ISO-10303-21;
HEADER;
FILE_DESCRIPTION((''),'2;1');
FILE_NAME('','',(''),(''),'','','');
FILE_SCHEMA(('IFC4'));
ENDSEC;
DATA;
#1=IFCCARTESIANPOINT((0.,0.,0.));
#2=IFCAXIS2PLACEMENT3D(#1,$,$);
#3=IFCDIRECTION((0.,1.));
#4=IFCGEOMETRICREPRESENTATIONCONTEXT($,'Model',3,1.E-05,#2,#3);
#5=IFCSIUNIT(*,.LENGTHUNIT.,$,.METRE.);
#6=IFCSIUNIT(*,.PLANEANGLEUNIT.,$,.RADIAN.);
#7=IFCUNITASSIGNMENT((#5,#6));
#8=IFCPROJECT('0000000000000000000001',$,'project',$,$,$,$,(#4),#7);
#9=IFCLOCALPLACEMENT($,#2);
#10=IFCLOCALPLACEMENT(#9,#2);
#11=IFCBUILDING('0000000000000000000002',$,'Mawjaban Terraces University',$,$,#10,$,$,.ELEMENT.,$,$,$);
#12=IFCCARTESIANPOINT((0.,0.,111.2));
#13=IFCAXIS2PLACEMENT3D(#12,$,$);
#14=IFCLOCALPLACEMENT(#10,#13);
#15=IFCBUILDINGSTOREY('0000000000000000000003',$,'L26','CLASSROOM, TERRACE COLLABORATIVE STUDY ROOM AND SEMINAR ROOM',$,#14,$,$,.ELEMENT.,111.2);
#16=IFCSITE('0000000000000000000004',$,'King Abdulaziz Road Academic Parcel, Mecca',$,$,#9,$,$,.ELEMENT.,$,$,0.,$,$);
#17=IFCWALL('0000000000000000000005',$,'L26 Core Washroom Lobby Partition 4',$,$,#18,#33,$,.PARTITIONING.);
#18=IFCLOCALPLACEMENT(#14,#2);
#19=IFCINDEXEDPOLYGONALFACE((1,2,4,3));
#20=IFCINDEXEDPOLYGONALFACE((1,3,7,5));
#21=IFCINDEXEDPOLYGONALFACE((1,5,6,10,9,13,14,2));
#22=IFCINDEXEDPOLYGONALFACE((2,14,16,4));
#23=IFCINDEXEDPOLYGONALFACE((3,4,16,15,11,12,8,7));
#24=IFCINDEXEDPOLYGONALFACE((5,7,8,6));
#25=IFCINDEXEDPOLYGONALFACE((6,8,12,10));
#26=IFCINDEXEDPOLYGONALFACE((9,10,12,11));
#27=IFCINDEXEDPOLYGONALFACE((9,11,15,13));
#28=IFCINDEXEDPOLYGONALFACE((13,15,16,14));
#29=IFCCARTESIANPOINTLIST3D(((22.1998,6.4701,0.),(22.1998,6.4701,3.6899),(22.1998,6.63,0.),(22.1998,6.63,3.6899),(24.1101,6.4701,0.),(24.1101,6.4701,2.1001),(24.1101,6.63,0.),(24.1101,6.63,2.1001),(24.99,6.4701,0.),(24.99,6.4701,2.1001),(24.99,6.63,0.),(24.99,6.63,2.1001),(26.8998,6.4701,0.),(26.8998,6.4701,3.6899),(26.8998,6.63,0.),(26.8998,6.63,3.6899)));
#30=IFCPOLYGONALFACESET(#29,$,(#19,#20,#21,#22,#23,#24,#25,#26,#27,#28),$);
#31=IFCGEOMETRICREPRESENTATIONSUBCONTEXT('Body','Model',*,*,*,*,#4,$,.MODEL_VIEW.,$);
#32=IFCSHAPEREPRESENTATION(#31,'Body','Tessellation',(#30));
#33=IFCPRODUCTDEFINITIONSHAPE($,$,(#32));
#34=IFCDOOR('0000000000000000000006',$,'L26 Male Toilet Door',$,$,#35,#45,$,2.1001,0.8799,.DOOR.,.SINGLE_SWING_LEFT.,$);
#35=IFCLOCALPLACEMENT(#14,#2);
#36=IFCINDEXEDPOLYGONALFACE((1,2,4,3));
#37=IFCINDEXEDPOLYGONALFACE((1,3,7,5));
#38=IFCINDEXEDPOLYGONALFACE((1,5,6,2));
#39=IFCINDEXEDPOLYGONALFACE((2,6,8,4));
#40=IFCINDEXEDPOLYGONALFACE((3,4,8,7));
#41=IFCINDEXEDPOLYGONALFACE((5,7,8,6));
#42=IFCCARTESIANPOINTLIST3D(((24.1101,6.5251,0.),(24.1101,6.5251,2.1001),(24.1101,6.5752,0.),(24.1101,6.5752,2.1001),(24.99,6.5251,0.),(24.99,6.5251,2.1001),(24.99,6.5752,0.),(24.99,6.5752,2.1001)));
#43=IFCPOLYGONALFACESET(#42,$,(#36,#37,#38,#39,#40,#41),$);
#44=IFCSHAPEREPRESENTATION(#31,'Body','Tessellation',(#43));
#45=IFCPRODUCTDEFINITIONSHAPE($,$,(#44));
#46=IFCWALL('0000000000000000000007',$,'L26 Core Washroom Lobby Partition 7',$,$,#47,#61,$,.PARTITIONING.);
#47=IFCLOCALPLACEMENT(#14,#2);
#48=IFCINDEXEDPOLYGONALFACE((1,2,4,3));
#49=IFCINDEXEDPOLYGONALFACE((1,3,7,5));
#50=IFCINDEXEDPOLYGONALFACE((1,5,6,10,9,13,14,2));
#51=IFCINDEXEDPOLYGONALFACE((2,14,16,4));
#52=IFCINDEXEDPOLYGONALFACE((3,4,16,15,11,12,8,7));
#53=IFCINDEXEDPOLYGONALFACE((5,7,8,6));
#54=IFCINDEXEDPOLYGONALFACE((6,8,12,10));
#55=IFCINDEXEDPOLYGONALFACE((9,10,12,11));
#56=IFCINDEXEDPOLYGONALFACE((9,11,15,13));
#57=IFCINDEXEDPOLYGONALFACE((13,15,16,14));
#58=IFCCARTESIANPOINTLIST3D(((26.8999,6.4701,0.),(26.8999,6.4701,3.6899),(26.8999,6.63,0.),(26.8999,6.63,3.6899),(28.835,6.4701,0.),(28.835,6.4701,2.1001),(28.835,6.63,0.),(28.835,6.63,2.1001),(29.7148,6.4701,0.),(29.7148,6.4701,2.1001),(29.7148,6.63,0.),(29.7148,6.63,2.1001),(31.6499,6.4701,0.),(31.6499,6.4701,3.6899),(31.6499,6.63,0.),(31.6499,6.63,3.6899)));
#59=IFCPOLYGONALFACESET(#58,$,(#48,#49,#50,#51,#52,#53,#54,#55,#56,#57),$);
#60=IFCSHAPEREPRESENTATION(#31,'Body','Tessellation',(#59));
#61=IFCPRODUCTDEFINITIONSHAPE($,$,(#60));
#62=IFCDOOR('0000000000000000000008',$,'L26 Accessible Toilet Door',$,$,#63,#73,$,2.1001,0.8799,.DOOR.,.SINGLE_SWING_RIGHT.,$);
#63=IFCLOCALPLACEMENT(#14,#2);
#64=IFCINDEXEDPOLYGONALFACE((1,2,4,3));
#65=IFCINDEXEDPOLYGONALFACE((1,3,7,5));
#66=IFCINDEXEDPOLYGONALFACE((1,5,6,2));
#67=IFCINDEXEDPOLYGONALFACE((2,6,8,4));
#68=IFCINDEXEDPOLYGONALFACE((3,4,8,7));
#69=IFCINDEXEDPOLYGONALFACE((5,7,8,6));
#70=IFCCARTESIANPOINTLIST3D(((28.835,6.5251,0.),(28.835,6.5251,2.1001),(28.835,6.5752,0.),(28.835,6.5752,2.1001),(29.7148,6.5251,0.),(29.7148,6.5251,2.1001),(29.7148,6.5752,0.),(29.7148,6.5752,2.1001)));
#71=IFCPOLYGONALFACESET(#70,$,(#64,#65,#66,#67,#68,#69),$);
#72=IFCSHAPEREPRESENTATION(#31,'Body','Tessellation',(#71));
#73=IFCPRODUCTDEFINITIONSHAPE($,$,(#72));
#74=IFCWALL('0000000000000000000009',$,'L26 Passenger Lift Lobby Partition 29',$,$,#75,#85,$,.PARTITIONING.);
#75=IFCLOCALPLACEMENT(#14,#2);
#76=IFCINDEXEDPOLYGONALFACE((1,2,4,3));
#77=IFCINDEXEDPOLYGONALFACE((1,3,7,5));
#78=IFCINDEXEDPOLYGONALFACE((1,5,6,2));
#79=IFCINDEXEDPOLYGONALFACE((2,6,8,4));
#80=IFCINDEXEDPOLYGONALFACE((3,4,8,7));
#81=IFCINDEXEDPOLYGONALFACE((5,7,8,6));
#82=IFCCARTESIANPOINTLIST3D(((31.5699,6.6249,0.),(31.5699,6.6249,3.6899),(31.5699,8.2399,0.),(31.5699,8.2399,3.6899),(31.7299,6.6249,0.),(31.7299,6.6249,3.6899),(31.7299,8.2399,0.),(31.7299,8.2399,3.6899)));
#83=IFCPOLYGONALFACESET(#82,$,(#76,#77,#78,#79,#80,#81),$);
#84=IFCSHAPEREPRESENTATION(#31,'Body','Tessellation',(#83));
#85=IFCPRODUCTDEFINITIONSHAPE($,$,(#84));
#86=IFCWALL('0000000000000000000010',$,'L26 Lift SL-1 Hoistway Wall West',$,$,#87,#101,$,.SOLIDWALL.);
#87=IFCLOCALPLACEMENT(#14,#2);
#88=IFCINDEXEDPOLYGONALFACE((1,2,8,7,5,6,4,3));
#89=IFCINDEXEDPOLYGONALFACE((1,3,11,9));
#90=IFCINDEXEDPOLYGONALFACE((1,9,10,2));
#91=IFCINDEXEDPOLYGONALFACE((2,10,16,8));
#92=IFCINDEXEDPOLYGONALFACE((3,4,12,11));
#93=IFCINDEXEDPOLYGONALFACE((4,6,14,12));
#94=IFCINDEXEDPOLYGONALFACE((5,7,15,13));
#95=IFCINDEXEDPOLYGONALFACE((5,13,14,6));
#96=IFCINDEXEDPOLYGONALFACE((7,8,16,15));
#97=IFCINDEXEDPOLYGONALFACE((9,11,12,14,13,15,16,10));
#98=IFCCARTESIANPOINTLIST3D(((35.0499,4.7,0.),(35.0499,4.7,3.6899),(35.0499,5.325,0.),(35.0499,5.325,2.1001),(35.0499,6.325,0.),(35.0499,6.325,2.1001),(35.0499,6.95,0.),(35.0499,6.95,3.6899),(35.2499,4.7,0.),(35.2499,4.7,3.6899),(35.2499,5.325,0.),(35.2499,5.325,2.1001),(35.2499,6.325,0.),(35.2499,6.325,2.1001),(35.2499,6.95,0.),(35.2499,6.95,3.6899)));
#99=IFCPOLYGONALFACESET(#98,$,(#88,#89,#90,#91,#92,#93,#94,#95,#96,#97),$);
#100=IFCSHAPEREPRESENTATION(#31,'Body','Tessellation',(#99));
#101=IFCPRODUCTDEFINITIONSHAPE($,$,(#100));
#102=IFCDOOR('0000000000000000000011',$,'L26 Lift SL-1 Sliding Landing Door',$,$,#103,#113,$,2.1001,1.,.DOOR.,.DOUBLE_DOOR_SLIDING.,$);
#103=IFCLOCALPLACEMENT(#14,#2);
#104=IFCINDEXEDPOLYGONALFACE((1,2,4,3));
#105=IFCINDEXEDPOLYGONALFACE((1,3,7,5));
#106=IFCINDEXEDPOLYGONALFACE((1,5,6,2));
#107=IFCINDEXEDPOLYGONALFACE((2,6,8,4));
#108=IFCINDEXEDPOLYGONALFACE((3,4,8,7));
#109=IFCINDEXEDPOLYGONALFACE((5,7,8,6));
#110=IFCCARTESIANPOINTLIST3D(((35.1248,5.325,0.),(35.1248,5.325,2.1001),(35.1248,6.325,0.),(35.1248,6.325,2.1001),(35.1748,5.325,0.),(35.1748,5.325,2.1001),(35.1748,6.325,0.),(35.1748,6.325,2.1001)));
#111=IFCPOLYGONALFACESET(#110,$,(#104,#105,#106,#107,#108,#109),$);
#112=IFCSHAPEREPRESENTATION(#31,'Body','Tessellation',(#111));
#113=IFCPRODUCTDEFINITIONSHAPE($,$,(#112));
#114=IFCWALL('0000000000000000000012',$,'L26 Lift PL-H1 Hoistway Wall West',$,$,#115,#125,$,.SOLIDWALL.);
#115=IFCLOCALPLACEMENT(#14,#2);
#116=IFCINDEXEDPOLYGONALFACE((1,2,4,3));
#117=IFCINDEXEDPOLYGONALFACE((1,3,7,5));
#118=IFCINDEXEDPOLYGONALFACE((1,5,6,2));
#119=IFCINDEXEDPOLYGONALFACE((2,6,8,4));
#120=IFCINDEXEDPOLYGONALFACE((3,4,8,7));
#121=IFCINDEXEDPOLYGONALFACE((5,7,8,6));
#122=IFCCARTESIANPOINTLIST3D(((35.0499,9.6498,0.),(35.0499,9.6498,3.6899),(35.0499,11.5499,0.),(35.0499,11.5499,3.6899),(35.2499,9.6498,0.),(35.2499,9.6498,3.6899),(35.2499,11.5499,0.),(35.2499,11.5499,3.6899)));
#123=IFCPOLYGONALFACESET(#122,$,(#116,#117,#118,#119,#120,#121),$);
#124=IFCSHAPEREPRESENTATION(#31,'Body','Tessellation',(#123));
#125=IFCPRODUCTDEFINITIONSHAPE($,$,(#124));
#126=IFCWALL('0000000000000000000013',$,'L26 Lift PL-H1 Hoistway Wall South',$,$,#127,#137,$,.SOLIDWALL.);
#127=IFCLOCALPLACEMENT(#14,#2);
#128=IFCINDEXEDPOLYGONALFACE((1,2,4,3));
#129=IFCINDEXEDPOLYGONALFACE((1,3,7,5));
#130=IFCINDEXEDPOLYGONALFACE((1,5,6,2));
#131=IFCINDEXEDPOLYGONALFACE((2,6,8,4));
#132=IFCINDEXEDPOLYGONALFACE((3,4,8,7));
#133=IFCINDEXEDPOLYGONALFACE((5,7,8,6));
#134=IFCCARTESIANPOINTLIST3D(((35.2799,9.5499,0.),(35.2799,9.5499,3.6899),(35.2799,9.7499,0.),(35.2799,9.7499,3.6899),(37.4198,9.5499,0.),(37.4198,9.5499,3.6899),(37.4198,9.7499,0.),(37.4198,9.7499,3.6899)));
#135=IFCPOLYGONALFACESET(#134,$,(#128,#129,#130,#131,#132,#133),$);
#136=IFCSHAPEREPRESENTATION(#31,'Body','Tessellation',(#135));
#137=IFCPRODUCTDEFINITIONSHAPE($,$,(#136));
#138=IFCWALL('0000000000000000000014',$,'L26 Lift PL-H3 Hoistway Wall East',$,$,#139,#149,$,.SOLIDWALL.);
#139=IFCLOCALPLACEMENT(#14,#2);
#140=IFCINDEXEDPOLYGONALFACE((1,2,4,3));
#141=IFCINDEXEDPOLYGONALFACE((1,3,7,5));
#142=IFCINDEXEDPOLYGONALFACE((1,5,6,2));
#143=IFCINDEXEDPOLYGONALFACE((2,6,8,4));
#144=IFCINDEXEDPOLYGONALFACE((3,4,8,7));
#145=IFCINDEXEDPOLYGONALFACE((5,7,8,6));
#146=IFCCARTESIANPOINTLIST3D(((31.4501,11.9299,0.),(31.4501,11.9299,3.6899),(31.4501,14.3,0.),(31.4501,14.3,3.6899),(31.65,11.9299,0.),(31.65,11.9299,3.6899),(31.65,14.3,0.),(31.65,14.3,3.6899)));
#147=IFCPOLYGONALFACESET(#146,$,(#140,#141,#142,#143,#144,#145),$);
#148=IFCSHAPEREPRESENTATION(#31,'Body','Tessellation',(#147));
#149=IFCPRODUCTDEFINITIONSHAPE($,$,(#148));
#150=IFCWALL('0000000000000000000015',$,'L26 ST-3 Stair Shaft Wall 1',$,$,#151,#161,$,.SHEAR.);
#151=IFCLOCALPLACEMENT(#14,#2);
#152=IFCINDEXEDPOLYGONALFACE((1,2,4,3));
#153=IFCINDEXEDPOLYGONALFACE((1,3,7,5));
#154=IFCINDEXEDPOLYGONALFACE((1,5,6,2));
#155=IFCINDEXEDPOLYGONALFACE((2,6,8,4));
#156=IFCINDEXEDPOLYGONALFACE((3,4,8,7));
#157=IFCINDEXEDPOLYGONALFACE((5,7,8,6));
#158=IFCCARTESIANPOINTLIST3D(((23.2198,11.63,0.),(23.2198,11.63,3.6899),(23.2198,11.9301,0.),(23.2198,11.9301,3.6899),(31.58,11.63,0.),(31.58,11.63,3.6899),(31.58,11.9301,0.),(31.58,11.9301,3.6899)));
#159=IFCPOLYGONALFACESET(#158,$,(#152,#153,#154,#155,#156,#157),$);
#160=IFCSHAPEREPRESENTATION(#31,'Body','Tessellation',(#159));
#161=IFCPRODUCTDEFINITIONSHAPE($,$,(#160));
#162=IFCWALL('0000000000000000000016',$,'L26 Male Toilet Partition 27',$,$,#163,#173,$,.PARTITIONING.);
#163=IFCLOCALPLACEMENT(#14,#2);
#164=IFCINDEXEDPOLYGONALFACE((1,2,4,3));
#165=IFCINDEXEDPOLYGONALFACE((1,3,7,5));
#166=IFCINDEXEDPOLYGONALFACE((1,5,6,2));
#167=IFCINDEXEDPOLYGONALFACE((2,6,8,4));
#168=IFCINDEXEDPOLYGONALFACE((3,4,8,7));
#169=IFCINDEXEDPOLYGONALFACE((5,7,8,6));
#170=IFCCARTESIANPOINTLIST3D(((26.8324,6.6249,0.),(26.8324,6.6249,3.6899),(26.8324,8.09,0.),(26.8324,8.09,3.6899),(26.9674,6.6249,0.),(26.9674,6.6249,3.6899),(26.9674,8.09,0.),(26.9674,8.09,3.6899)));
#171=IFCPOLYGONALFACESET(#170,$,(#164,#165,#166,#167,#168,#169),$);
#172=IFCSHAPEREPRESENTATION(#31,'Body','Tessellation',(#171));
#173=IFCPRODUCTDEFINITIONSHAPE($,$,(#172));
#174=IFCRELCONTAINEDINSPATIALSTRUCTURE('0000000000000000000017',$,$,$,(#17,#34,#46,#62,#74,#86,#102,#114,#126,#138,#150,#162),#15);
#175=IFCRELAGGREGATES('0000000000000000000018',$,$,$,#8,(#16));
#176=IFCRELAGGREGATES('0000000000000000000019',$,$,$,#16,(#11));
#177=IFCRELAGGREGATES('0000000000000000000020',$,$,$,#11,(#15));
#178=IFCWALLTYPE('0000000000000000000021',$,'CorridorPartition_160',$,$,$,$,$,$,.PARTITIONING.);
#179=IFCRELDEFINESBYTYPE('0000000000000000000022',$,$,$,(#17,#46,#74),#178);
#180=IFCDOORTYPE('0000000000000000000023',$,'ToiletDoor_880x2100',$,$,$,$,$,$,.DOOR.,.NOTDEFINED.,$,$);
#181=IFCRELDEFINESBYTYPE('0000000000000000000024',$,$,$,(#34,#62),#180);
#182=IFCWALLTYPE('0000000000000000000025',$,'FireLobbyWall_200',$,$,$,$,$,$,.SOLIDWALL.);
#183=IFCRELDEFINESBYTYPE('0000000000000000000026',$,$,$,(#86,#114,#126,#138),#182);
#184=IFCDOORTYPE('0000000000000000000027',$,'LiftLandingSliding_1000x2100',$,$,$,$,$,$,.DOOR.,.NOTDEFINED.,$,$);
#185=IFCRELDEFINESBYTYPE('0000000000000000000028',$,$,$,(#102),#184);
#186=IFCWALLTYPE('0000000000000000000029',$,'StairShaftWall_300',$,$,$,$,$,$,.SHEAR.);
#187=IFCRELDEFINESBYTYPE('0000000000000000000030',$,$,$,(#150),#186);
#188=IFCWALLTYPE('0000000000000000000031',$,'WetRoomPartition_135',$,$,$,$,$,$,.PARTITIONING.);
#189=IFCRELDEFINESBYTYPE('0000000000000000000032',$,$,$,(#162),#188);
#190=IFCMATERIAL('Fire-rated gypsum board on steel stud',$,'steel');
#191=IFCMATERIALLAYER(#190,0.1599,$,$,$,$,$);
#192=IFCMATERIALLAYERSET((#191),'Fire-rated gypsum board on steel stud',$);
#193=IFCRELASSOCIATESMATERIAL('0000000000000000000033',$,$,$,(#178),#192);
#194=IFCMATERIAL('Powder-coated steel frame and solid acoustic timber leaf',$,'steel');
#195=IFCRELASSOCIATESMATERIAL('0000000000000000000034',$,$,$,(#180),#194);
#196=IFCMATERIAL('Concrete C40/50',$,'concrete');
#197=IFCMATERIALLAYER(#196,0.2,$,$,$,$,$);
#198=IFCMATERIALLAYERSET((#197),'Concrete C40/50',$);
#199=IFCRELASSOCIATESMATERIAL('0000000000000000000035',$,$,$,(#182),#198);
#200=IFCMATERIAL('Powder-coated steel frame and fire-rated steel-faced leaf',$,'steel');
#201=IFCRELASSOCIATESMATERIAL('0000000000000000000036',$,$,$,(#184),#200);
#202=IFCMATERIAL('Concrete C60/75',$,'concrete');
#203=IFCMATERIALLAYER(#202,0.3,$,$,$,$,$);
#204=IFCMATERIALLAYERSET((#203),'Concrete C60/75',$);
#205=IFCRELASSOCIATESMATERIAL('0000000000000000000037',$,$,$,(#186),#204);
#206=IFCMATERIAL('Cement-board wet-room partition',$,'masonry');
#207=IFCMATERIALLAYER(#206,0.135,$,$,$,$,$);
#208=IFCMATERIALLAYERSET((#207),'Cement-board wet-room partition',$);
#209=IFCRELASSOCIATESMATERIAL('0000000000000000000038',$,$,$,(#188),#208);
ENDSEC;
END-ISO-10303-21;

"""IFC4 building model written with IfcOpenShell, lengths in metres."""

from ifc_helpers import new_model, si_unit, direction, frame, frame_2d, origin, place, context, subcontext, project, spatial, rectangle, extrude, material, layer, layer_set, type_object, element, fill, save


model = new_model("IFC4")

# Units and contexts
model_context = context("Model", 3, precision=1e-05, world=origin(), true_north=direction((0.0, 1.0)))
body_context = subcontext(model_context, "Body", "Model", "MODEL_VIEW")
ifc_project = project(units=[si_unit("LENGTHUNIT", "METRE"), si_unit("PLANEANGLEUNIT", "RADIAN")], contexts=[model_context])

# Site, building, storey
site_placement = place(None, origin())
site = spatial("IfcSite", under=ifc_project, at=site_placement, Name="King Abdulaziz Road Academic Parcel, Mecca", CompositionType="ELEMENT", RefElevation=0.0)
building_placement = place(site_placement, origin())
building = spatial("IfcBuilding", under=site, at=building_placement, Name="Mawjaban Terraces University", CompositionType="ELEMENT")
storey_placement = place(building_placement, frame((0.0, 0.0, 111.2)))
storey = spatial("IfcBuildingStorey", under=building, at=storey_placement, Name="L26", Description="CLASSROOM, TERRACE COLLABORATIVE STUDY ROOM AND SEMINAR ROOM", CompositionType="ELEMENT", Elevation=111.2)

# Walls, openings, doors
ifc_material_1 = material(Name="Fire-rated gypsum board on steel stud", Category="steel")
ifc_layer_1 = layer(ifc_material_1, 0.1599)
ifc_layer_set_1 = layer_set([ifc_layer_1], Name="Fire-rated gypsum board on steel stud")
wall_type_1 = type_object("IfcWallType", Name="CorridorPartition_160", PredefinedType="PARTITIONING", material=ifc_layer_set_1)
wall_1_placement = place(storey_placement, frame((26.8999, 6.55, 0.0), z_axis=(0.0, 0.0, 1.0), x_axis=(-1.0, 0.0, 0.0)))
wall_1 = element("IfcWall", 1, at=wall_1_placement, inside=storey, type_object=wall_type_1, Name="L26 Core Washroom Lobby Partition 4", PredefinedType="PARTITIONING", context=body_context, shape_type="SweptSolid", body=[
    extrude(rectangle(XDim=4.7, YDim=0.1599, at=frame_2d((2.3501, 0.0))), origin(), (0.0, 0.0, 1.0), 3.6899),
])
opening_1_placement = place(wall_1_placement, frame((1.9099, 0.0, 0.0)))
opening_1 = element("IfcOpeningElement", 2, at=opening_1_placement, cuts=wall_1, PredefinedType="OPENING", context=body_context, shape_type="SweptSolid", body=[
    extrude(rectangle(XDim=0.8799, YDim=2.1001, at=frame_2d((0.4399, 1.05))), frame((0.0, 0.0898, 0.0), z_axis=(0.0, -1.0, 0.0), x_axis=(1.0, 0.0, 0.0)), (0.0, 0.0, 1.0), 0.1799),
])
ifc_material_2 = material(Name="Powder-coated steel frame and solid acoustic timber leaf", Category="steel")
door_type_1 = type_object("IfcDoorType", Name="ToiletDoor_880x2100", OperationType="NOTDEFINED", PredefinedType="DOOR", material=ifc_material_2)
door_1_placement = place(opening_1_placement, origin())
door_1 = element("IfcDoor", 3, at=door_1_placement, inside=storey, type_object=door_type_1, Name="L26 Male Toilet Door", OperationType="SINGLE_SWING_LEFT", OverallHeight=2.1001, OverallWidth=0.8799, PredefinedType="DOOR", context=body_context, shape_type="SweptSolid", body=[
    extrude(rectangle(XDim=0.8799, YDim=2.1001, at=frame_2d((0.4399, 1.05))), frame((0.0, 0.0249, 0.0), z_axis=(0.0, -1.0, 0.0), x_axis=(1.0, 0.0, 0.0)), (0.0, 0.0, 1.0), 0.05),
])
fill(opening_1, door_1)
wall_2_placement = place(storey_placement, frame((31.6499, 6.55, 0.0), z_axis=(0.0, 0.0, 1.0), x_axis=(-1.0, 0.0, 0.0)))
wall_2 = element("IfcWall", 4, at=wall_2_placement, inside=storey, type_object=wall_type_1, Name="L26 Core Washroom Lobby Partition 7", PredefinedType="PARTITIONING", context=body_context, shape_type="SweptSolid", body=[
    extrude(rectangle(XDim=4.75, YDim=0.1599, at=frame_2d((2.375, 0.0))), origin(), (0.0, 0.0, 1.0), 3.6899),
])
opening_2_placement = place(wall_2_placement, frame((1.9351, 0.0, 0.0)))
opening_2 = element("IfcOpeningElement", 5, at=opening_2_placement, cuts=wall_2, PredefinedType="OPENING", context=body_context, shape_type="SweptSolid", body=[
    extrude(rectangle(XDim=0.8799, YDim=2.1001, at=frame_2d((0.4399, 1.05))), frame((0.0, 0.0898, 0.0), z_axis=(0.0, -1.0, 0.0), x_axis=(1.0, 0.0, 0.0)), (0.0, 0.0, 1.0), 0.1799),
])
door_2_placement = place(opening_2_placement, origin())
door_2 = element("IfcDoor", 6, at=door_2_placement, inside=storey, type_object=door_type_1, Name="L26 Accessible Toilet Door", OperationType="SINGLE_SWING_RIGHT", OverallHeight=2.1001, OverallWidth=0.8799, PredefinedType="DOOR", context=body_context, shape_type="SweptSolid", body=[
    extrude(rectangle(XDim=0.8799, YDim=2.1001, at=frame_2d((0.4399, 1.05))), frame((0.0, 0.0249, 0.0), z_axis=(0.0, -1.0, 0.0), x_axis=(1.0, 0.0, 0.0)), (0.0, 0.0, 1.0), 0.05),
])
fill(opening_2, door_2)

# Wall
wall_3_placement = place(storey_placement, frame((31.6499, 8.24, 0.0), z_axis=(0.0, 0.0, 1.0), x_axis=(0.0, -1.0, 0.0)))
element("IfcWall", 7, at=wall_3_placement, inside=storey, type_object=wall_type_1, Name="L26 Passenger Lift Lobby Partition 29", PredefinedType="PARTITIONING", context=body_context, shape_type="SweptSolid", body=[
    extrude(rectangle(XDim=1.615, YDim=0.1599, at=frame_2d((0.8076, 0.0))), origin(), (0.0, 0.0, 1.0), 3.6899),
])

# Wall, opening, door
ifc_material_3 = material(Name="Concrete C40/50", Category="concrete")
ifc_layer_2 = layer(ifc_material_3, 0.2)
ifc_layer_set_2 = layer_set([ifc_layer_2], Name="Concrete C40/50")
wall_type_2 = type_object("IfcWallType", Name="FireLobbyWall_200", PredefinedType="SOLIDWALL", material=ifc_layer_set_2)
wall_4_placement = place(storey_placement, frame((35.1499, 6.95, 0.0), z_axis=(0.0, 0.0, 1.0), x_axis=(0.0, -1.0, 0.0)))
wall_4 = element("IfcWall", 8, at=wall_4_placement, inside=storey, type_object=wall_type_2, Name="L26 Lift SL-1 Hoistway Wall West", PredefinedType="SOLIDWALL", context=body_context, shape_type="SweptSolid", body=[
    extrude(rectangle(XDim=2.25, YDim=0.2, at=frame_2d((1.125, 0.0))), origin(), (0.0, 0.0, 1.0), 3.6899),
])
opening_3_placement = place(wall_4_placement, frame((0.625, 0.0, 0.0)))
opening_3 = element("IfcOpeningElement", 9, at=opening_3_placement, cuts=wall_4, PredefinedType="OPENING", context=body_context, shape_type="SweptSolid", body=[
    extrude(rectangle(XDim=1.0, YDim=2.1001, at=frame_2d((0.5, 1.05))), frame((0.0, 0.1099, 0.0), z_axis=(0.0, -1.0, 0.0), x_axis=(1.0, 0.0, 0.0)), (0.0, 0.0, 1.0), 0.22),
])
ifc_material_4 = material(Name="Powder-coated steel frame and fire-rated steel-faced leaf", Category="steel")
door_type_2 = type_object("IfcDoorType", Name="LiftLandingSliding_1000x2100", OperationType="NOTDEFINED", PredefinedType="DOOR", material=ifc_material_4)
door_3_placement = place(opening_3_placement, origin())
door_3 = element("IfcDoor", 10, at=door_3_placement, inside=storey, type_object=door_type_2, Name="L26 Lift SL-1 Sliding Landing Door", OperationType="DOUBLE_DOOR_SLIDING", OverallHeight=2.1001, OverallWidth=1.0, PredefinedType="DOOR", context=body_context, shape_type="SweptSolid", body=[
    extrude(rectangle(XDim=1.0, YDim=2.1001, at=frame_2d((0.5, 1.05))), frame((0.0, 0.0249, 0.0), z_axis=(0.0, -1.0, 0.0), x_axis=(1.0, 0.0, 0.0)), (0.0, 0.0, 1.0), 0.05),
])
fill(opening_3, door_3)

# Walls
wall_5_placement = place(storey_placement, frame((35.1499, 11.55, 0.0), z_axis=(0.0, 0.0, 1.0), x_axis=(0.0, -1.0, 0.0)))
element("IfcWall", 11, at=wall_5_placement, inside=storey, type_object=wall_type_2, Name="L26 Lift PL-H1 Hoistway Wall West", PredefinedType="SOLIDWALL", context=body_context, shape_type="SweptSolid", body=[
    extrude(rectangle(XDim=1.9001, YDim=0.2, at=frame_2d((0.9502, 0.0))), origin(), (0.0, 0.0, 1.0), 3.6899),
])
wall_6_placement = place(storey_placement, frame((35.28, 9.6499, 0.0), z_axis=(0.0, 0.0, 1.0), x_axis=(1.0, 0.0, 0.0)))
element("IfcWall", 12, at=wall_6_placement, inside=storey, type_object=wall_type_2, Name="L26 Lift PL-H1 Hoistway Wall South", PredefinedType="SOLIDWALL", context=body_context, shape_type="SweptSolid", body=[
    extrude(rectangle(XDim=2.1399, YDim=0.2, at=frame_2d((1.0698, 0.0))), origin(), (0.0, 0.0, 1.0), 3.6899),
])
wall_7_placement = place(storey_placement, frame((31.55, 11.9299, 0.0), z_axis=(0.0, 0.0, 1.0), x_axis=(0.0, 1.0, 0.0)))
element("IfcWall", 13, at=wall_7_placement, inside=storey, type_object=wall_type_2, Name="L26 Lift PL-H3 Hoistway Wall East", PredefinedType="SOLIDWALL", context=body_context, shape_type="SweptSolid", body=[
    extrude(rectangle(XDim=2.3701, YDim=0.2, at=frame_2d((1.1851, 0.0))), origin(), (0.0, 0.0, 1.0), 3.6899),
])
ifc_material_5 = material(Name="Concrete C60/75", Category="concrete")
ifc_layer_3 = layer(ifc_material_5, 0.3)
ifc_layer_set_3 = layer_set([ifc_layer_3], Name="Concrete C60/75")
wall_type_3 = type_object("IfcWallType", Name="StairShaftWall_300", PredefinedType="SHEAR", material=ifc_layer_set_3)
wall_8_placement = place(storey_placement, frame((31.5801, 11.78, 0.0), z_axis=(0.0, 0.0, 1.0), x_axis=(-1.0, 0.0, 0.0)))
element("IfcWall", 14, at=wall_8_placement, inside=storey, type_object=wall_type_3, Name="L26 ST-3 Stair Shaft Wall 1", PredefinedType="SHEAR", context=body_context, shape_type="SweptSolid", body=[
    extrude(rectangle(XDim=8.3601, YDim=0.3, at=frame_2d((4.1802, 0.0))), origin(), (0.0, 0.0, 1.0), 3.6899),
])

# Wall
ifc_material_6 = material(Name="Cement-board wet-room partition", Category="masonry")
ifc_layer_4 = layer(ifc_material_6, 0.135)
ifc_layer_set_4 = layer_set([ifc_layer_4], Name="Cement-board wet-room partition")
wall_type_4 = type_object("IfcWallType", Name="WetRoomPartition_135", PredefinedType="PARTITIONING", material=ifc_layer_set_4)
wall_9_placement = place(storey_placement, frame((26.8999, 6.625, 0.0), z_axis=(0.0, 0.0, 1.0), x_axis=(0.0, 1.0, 0.0)))
element("IfcWall", 15, at=wall_9_placement, inside=storey, type_object=wall_type_4, Name="L26 Male Toilet Partition 27", PredefinedType="PARTITIONING", context=body_context, shape_type="SweptSolid", body=[
    extrude(rectangle(XDim=1.4651, YDim=0.135, at=frame_2d((0.7324, 0.0))), origin(), (0.0, 0.0, 1.0), 3.6899),
])

save(model, "model.ifc")
